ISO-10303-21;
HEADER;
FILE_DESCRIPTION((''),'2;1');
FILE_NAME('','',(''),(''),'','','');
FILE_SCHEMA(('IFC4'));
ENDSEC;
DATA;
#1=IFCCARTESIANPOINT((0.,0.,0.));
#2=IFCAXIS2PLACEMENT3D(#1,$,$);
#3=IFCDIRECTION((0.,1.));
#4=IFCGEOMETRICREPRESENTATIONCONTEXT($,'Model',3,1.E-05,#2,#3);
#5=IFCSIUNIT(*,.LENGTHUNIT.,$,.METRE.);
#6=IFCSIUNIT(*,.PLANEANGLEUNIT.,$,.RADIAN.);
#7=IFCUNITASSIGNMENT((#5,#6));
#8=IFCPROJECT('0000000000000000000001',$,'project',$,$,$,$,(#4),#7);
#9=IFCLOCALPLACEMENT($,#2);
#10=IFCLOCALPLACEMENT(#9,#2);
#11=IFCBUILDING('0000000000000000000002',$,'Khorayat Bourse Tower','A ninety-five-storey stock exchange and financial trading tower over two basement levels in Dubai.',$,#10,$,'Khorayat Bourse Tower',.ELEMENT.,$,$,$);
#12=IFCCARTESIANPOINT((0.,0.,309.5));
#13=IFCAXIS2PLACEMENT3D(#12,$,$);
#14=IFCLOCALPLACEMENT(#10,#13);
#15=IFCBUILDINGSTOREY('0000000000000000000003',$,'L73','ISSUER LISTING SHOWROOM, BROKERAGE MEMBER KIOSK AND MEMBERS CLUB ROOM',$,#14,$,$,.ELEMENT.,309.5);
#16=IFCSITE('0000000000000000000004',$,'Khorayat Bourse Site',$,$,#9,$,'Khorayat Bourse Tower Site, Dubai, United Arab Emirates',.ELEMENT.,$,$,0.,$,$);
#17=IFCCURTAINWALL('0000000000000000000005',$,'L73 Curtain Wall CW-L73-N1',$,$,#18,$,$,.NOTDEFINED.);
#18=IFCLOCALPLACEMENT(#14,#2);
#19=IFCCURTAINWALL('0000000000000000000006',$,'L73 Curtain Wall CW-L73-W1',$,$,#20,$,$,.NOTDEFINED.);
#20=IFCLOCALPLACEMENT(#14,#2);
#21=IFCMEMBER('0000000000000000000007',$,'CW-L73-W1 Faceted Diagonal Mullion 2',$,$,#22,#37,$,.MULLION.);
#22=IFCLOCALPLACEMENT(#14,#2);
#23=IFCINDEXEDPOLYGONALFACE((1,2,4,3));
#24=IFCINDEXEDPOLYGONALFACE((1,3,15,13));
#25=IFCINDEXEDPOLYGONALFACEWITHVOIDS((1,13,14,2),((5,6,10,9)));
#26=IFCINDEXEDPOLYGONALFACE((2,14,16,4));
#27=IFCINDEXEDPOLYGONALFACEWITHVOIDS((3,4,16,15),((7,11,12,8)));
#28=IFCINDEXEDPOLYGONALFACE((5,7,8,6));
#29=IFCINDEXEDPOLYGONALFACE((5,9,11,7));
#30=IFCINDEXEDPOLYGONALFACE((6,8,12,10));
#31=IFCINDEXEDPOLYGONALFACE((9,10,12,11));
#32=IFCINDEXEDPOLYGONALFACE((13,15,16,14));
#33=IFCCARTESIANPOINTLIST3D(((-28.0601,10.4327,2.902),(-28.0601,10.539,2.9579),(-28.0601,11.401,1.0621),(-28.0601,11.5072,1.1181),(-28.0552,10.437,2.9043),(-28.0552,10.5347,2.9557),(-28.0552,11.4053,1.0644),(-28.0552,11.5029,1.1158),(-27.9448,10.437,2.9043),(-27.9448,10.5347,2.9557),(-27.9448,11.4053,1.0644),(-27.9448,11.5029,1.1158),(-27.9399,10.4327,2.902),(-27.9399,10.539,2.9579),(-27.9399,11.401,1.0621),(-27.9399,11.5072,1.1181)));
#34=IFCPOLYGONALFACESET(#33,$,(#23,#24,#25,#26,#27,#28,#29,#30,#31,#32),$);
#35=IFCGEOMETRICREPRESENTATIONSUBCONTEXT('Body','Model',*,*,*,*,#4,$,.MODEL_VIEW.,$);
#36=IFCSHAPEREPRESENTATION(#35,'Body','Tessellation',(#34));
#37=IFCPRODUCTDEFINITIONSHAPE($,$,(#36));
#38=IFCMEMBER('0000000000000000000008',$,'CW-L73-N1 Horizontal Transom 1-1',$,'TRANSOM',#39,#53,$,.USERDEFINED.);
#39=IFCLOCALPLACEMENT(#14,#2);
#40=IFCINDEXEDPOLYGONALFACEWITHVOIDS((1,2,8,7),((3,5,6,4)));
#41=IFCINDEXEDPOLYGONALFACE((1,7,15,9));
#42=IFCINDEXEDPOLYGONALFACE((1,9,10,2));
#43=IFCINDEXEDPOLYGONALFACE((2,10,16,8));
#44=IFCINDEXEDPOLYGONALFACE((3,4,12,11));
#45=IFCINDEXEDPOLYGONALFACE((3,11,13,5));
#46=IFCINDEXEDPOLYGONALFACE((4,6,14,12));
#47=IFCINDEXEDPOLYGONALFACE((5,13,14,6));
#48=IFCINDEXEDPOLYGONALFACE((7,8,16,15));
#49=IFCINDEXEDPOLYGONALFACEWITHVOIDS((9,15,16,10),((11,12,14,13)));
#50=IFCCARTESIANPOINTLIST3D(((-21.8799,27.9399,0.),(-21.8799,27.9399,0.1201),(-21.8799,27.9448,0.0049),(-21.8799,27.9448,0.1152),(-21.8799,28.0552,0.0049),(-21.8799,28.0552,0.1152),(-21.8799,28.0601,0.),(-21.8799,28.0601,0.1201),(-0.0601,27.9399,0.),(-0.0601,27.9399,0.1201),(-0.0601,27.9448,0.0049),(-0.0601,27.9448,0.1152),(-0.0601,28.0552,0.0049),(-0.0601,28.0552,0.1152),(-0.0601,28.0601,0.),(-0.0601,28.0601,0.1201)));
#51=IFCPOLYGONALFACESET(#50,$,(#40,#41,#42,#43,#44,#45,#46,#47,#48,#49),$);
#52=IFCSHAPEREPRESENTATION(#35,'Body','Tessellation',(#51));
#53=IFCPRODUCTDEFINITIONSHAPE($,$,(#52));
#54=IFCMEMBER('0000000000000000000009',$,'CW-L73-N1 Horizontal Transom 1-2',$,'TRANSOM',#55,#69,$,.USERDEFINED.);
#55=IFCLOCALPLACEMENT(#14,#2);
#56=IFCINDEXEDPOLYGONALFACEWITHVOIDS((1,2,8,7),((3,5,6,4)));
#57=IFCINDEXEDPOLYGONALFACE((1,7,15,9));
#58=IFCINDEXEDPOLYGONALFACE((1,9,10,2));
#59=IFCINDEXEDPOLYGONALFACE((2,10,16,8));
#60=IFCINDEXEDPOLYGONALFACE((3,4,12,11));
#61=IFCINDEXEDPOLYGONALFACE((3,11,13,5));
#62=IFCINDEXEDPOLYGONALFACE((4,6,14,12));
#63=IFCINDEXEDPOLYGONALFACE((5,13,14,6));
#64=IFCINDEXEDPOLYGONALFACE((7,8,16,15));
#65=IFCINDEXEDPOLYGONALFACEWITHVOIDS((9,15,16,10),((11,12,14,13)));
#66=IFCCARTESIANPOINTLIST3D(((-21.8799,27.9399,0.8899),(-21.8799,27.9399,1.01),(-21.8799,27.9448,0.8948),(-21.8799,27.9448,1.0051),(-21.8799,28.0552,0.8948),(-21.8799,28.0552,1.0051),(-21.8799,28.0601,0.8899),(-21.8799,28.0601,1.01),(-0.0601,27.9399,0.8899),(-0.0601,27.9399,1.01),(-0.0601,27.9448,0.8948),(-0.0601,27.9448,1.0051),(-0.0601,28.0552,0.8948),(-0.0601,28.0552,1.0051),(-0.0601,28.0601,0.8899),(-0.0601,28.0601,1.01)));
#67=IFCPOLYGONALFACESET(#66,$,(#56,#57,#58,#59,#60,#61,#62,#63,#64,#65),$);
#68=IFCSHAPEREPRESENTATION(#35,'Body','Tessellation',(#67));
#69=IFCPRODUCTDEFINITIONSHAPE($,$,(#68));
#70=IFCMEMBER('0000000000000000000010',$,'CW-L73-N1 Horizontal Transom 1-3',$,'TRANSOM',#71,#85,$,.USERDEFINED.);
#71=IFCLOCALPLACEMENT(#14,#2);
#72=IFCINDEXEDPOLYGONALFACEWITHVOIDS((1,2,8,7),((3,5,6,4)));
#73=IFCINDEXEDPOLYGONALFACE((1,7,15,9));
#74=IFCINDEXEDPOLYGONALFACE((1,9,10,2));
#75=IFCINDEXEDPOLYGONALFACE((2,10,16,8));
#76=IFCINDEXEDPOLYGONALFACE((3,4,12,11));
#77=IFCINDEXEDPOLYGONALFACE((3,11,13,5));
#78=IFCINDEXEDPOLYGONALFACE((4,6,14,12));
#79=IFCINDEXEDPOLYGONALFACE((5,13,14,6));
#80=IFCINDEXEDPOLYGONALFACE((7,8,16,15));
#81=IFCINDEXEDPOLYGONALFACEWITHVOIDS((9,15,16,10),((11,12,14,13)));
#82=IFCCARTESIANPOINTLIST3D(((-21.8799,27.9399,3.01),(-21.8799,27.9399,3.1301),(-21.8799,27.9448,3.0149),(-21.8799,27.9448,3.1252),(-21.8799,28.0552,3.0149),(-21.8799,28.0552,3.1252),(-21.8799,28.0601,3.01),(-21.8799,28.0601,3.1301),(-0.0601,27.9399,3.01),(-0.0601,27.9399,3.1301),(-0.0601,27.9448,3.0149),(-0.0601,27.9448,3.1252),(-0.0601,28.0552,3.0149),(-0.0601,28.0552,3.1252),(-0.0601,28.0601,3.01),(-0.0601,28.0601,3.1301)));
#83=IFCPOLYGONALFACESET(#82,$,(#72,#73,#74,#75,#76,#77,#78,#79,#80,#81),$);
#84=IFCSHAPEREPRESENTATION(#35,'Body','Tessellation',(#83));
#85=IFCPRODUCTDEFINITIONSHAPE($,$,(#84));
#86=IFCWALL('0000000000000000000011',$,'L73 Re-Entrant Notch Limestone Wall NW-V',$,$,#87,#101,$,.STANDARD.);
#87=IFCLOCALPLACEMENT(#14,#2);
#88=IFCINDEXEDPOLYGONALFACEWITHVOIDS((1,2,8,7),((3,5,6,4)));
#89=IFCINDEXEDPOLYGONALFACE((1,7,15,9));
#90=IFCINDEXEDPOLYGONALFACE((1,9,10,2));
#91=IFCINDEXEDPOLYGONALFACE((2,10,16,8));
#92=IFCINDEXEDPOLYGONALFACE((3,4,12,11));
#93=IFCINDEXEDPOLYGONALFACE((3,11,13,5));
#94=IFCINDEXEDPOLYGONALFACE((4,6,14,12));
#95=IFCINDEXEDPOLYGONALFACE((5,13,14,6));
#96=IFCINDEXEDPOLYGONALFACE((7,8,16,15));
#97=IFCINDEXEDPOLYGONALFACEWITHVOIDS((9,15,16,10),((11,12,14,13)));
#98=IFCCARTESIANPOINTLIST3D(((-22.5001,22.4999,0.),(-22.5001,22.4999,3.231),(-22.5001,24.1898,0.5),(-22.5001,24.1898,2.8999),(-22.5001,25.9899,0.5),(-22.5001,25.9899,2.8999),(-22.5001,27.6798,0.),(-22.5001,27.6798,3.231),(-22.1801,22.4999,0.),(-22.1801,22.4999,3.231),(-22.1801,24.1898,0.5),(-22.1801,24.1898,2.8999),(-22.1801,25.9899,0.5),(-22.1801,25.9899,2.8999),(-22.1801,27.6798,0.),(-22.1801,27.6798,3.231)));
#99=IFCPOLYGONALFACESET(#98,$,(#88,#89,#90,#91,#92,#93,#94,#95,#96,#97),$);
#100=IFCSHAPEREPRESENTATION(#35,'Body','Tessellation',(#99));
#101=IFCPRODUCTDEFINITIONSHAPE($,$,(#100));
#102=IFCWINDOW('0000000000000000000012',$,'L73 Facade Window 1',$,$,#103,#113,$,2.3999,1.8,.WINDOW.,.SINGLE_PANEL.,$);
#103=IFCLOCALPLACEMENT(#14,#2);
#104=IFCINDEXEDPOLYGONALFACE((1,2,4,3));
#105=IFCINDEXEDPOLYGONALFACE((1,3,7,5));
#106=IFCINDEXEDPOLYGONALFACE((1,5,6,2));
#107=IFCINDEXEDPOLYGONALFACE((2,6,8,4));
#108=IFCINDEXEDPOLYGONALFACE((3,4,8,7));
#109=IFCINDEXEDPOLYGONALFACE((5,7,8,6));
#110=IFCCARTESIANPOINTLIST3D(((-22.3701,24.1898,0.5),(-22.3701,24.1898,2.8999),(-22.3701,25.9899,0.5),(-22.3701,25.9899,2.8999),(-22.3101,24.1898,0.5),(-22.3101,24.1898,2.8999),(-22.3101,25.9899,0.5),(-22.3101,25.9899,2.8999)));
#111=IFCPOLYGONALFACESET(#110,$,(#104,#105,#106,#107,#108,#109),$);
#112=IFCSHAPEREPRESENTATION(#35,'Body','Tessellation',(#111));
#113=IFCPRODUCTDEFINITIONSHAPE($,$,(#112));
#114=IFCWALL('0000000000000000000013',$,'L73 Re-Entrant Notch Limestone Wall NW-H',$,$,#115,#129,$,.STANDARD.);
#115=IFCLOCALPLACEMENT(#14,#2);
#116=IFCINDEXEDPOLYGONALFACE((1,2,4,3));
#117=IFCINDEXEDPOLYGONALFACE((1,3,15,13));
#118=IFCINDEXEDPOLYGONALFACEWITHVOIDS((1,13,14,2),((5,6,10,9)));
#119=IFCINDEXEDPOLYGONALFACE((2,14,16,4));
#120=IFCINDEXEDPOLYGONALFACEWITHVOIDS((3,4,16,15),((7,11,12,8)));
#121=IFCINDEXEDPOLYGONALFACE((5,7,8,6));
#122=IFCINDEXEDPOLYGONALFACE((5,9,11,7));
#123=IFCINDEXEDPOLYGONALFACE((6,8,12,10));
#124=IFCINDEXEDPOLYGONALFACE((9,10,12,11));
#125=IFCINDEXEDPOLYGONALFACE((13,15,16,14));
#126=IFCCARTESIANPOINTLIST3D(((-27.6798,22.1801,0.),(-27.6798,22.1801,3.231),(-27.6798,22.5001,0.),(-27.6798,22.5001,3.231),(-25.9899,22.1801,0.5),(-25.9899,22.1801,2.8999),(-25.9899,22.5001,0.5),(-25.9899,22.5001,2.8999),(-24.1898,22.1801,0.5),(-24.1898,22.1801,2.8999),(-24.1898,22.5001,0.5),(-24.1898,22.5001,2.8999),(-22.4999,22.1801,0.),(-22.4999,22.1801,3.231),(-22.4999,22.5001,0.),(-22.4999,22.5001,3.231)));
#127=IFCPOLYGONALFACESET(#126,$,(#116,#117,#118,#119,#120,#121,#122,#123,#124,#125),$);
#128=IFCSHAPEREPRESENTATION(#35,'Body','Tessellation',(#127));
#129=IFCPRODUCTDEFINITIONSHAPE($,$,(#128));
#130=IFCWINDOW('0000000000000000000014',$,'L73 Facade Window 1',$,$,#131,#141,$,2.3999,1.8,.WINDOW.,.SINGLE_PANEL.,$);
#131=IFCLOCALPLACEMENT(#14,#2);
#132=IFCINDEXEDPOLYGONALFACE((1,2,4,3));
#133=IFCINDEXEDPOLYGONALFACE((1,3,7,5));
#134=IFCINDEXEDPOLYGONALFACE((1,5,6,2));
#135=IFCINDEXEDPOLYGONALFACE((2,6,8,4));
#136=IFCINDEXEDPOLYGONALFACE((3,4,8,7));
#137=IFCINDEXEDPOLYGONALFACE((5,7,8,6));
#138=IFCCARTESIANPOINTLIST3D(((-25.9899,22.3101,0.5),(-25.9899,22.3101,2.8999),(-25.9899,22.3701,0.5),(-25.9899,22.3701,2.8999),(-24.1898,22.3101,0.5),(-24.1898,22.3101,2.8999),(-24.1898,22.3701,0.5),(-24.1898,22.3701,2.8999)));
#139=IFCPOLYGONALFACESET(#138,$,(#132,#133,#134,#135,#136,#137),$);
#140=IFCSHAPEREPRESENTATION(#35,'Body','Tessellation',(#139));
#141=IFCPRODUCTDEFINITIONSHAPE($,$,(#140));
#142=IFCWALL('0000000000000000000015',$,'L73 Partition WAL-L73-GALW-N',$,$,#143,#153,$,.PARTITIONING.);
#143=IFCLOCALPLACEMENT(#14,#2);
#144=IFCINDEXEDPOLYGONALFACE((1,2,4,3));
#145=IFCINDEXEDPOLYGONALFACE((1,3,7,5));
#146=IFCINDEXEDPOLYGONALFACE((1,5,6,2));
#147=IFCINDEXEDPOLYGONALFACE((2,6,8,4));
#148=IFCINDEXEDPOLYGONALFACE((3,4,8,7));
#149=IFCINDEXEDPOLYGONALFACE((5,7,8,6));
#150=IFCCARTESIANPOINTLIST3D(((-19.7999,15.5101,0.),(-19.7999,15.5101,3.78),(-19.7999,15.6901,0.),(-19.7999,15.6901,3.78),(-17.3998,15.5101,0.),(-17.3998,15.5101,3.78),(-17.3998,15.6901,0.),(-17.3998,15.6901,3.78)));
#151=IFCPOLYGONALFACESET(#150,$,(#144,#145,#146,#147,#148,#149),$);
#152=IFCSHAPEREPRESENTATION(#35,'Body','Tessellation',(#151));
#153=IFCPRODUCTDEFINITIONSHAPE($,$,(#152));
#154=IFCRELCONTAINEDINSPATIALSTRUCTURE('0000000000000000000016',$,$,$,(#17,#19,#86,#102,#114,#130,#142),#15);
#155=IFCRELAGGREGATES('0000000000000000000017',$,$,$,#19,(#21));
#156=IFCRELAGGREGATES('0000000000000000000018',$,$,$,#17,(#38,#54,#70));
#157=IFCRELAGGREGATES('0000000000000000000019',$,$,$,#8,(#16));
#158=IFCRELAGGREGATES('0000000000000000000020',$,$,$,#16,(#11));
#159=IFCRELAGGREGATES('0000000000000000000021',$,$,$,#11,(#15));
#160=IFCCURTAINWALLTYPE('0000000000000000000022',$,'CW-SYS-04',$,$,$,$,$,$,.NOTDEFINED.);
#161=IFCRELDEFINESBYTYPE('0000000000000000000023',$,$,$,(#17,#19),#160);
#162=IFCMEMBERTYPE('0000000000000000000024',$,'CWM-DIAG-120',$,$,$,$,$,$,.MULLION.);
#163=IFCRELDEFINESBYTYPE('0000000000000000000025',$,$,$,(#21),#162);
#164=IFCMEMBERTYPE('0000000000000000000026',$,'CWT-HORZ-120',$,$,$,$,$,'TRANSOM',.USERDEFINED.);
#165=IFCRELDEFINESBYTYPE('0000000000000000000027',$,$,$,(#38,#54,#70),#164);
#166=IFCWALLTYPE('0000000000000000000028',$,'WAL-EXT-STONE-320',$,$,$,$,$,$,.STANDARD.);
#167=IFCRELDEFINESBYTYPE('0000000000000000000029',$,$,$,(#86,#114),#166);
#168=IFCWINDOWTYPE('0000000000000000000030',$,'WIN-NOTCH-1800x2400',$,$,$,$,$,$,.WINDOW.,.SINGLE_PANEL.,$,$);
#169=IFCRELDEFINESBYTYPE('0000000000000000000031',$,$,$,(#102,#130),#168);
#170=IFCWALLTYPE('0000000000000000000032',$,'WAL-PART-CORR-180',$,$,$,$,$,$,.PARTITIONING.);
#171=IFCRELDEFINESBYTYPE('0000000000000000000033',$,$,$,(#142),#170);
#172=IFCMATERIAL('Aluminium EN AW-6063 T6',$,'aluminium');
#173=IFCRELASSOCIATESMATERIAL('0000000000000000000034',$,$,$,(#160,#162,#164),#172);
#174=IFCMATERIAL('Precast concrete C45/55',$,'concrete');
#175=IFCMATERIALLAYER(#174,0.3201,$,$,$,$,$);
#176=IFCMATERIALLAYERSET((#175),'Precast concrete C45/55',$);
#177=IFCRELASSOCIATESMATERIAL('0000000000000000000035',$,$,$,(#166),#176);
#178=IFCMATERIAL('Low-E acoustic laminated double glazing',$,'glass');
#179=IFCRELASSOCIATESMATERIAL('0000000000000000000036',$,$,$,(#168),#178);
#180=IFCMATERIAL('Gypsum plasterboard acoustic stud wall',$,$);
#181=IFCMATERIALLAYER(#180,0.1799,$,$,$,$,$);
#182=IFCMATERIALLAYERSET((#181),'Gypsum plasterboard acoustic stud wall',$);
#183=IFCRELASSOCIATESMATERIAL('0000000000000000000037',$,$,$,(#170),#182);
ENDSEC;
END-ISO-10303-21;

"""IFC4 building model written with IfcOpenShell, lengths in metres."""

from ifc_helpers import new_model, si_unit, direction, frame, frame_2d, origin, origin_2d, place, context, subcontext, project, spatial, rectangle, hollow_rectangle, extrude, source, transform, mapped, material, layer, layer_set, material_profile, profile_set, type_object, element, fill, aggregate, save


model = new_model("IFC4")

# Units and contexts
model_context = context("Model", 3, precision=1e-05, world=origin(), true_north=direction((0.0, 1.0)))
body_context = subcontext(model_context, "Body", "Model", "MODEL_VIEW")
ifc_project = project(units=[si_unit("LENGTHUNIT", "METRE"), si_unit("PLANEANGLEUNIT", "RADIAN")], contexts=[model_context])

# Site, building, storey
site_placement = place(None, origin())
site = spatial("IfcSite", under=ifc_project, at=site_placement, Name="Khorayat Bourse Site", LongName="Khorayat Bourse Tower Site, Dubai, United Arab Emirates", CompositionType="ELEMENT", RefElevation=0.0)
building_placement = place(site_placement, origin())
building = spatial("IfcBuilding", under=site, at=building_placement, Name="Khorayat Bourse Tower", Description="A ninety-five-storey stock exchange and financial trading tower over two basement levels in Dubai.", LongName="Khorayat Bourse Tower", CompositionType="ELEMENT")
storey_placement = place(building_placement, frame((0.0, 0.0, 309.5)))
storey = spatial("IfcBuildingStorey", under=building, at=storey_placement, Name="L73", Description="ISSUER LISTING SHOWROOM, BROKERAGE MEMBER KIOSK AND MEMBERS CLUB ROOM", CompositionType="ELEMENT", Elevation=309.5)

# Curtain wall
ifc_material_1 = material(Name="Aluminium EN AW-6063 T6", Category="aluminium")
curtain_wall_type = type_object("IfcCurtainWallType", Name="CW-SYS-04", PredefinedType="NOTDEFINED", material=ifc_material_1)
curtain_wall_1_placement = place(storey_placement, origin())
curtain_wall_1 = element("IfcCurtainWall", 1, at=curtain_wall_1_placement, inside=storey, type_object=curtain_wall_type, Name="L73 Curtain Wall CW-L73-N1", PredefinedType="NOTDEFINED")

# Curtain wall, member
curtain_wall_2_placement = place(storey_placement, origin())
curtain_wall_2 = element("IfcCurtainWall", 2, at=curtain_wall_2_placement, inside=storey, type_object=curtain_wall_type, Name="L73 Curtain Wall CW-L73-W1", PredefinedType="NOTDEFINED")
ifc_material_profile_1 = material_profile(ifc_material_1, hollow_rectangle(XDim=0.1201, YDim=0.1201, WallThickness=0.0049, at=origin_2d()), Name="ALU 120x120x5")
ifc_profile_set_1 = profile_set([ifc_material_profile_1], Name="Aluminium EN AW-6063 T6")
member_type_1 = type_object("IfcMemberType", Name="CWM-DIAG-120", PredefinedType="MULLION", material=ifc_profile_set_1)
shared_shape_1 = source(origin(), body_context, "Body", "SweptSolid", [
    extrude(hollow_rectangle(XDim=0.1201, YDim=0.1201, WallThickness=0.0049, at=origin_2d()), origin(), (0.0, 0.0, 1.0), 2.0791),
])
member_1_placement = place(storey_placement, frame((-28.0, 11.4541, 1.0901), z_axis=(0.0, -0.465717, 0.884934), x_axis=(1.0, 0.0, 0.0)))
member_1 = element("IfcMember", 3, at=member_1_placement, type_object=member_type_1, Name="CW-L73-W1 Faceted Diagonal Mullion 2", PredefinedType="MULLION", context=body_context, shape_type="MappedRepresentation", body=[
    mapped(shared_shape_1, transform((0.0, 0.0, 0.0), scale=1.0)),
])
aggregate(curtain_wall_2, [member_1])

# Members
ifc_material_profile_2 = material_profile(ifc_material_1, hollow_rectangle(XDim=0.1201, YDim=0.1201, WallThickness=0.0049, at=origin_2d()), Name="ALU 120x120x5")
ifc_profile_set_2 = profile_set([ifc_material_profile_2], Name="Aluminium EN AW-6063 T6")
member_type_2 = type_object("IfcMemberType", Name="CWT-HORZ-120", ElementType="TRANSOM", PredefinedType="USERDEFINED", material=ifc_profile_set_2)
shared_shape_2 = source(origin(), body_context, "Body", "SweptSolid", [
    extrude(hollow_rectangle(XDim=0.1201, YDim=0.1201, WallThickness=0.0049, at=origin_2d()), origin(), (0.0, 0.0, 1.0), 21.8198),
])
member_2_placement = place(storey_placement, frame((-21.8799, 28.0, 0.0601), z_axis=(1.0, 0.0, 0.0), x_axis=(0.0, 1.0, 0.0)))
member_2 = element("IfcMember", 4, at=member_2_placement, type_object=member_type_2, Name="CW-L73-N1 Horizontal Transom 1-1", ObjectType="TRANSOM", PredefinedType="USERDEFINED", context=body_context, shape_type="MappedRepresentation", body=[
    mapped(shared_shape_2, transform((0.0, 0.0, 0.0), scale=1.0)),
])
member_3_placement = place(storey_placement, frame((-21.8799, 28.0, 0.95), z_axis=(1.0, 0.0, 0.0), x_axis=(0.0, 1.0, 0.0)))
member_3 = element("IfcMember", 5, at=member_3_placement, type_object=member_type_2, Name="CW-L73-N1 Horizontal Transom 1-2", ObjectType="TRANSOM", PredefinedType="USERDEFINED", context=body_context, shape_type="MappedRepresentation", body=[
    mapped(shared_shape_2, transform((0.0, 0.0, 0.0), scale=1.0)),
])
member_4_placement = place(storey_placement, frame((-21.8799, 28.0, 3.0701), z_axis=(1.0, 0.0, 0.0), x_axis=(0.0, 1.0, 0.0)))
member_4 = element("IfcMember", 6, at=member_4_placement, type_object=member_type_2, Name="CW-L73-N1 Horizontal Transom 1-3", ObjectType="TRANSOM", PredefinedType="USERDEFINED", context=body_context, shape_type="MappedRepresentation", body=[
    mapped(shared_shape_2, transform((0.0, 0.0, 0.0), scale=1.0)),
])
aggregate(curtain_wall_1, [member_2, member_3, member_4])

# Walls, openings, windows
ifc_material_2 = material(Name="Precast concrete C45/55", Category="concrete")
ifc_layer_1 = layer(ifc_material_2, 0.3201)
ifc_layer_set_1 = layer_set([ifc_layer_1], Name="Precast concrete C45/55")
wall_type_1 = type_object("IfcWallType", Name="WAL-EXT-STONE-320", PredefinedType="STANDARD", material=ifc_layer_set_1)
shared_shape_3 = source(origin(), body_context, "Body", "SweptSolid", [
    extrude(rectangle(XDim=5.1799, YDim=0.3201, at=frame_2d((2.5898, 0.0))), origin(), (0.0, 0.0, 1.0), 3.231),
])
wall_1_placement = place(storey_placement, frame((-22.3401, 22.5, 0.0), z_axis=(0.0, 0.0, 1.0), x_axis=(0.0, 1.0, 0.0)))
wall_1 = element("IfcWall", 7, at=wall_1_placement, inside=storey, type_object=wall_type_1, Name="L73 Re-Entrant Notch Limestone Wall NW-V", PredefinedType="STANDARD", context=body_context, shape_type="MappedRepresentation", body=[
    mapped(shared_shape_3, transform((0.0, 0.0, 0.0), scale=1.0)),
])
shared_shape_4 = source(origin(), body_context, "Body", "SweptSolid", [
    extrude(rectangle(XDim=1.8, YDim=2.3999, at=frame_2d((0.8999, 1.2))), frame((0.0, 0.1699, 0.0), z_axis=(0.0, -1.0, 0.0), x_axis=(1.0, 0.0, 0.0)), (0.0, 0.0, 1.0), 0.3401),
])
opening_1_placement = place(wall_1_placement, frame((1.6899, 0.0, 0.5)))
opening_1 = element("IfcOpeningElement", 8, at=opening_1_placement, cuts=wall_1, PredefinedType="OPENING", context=body_context, shape_type="MappedRepresentation", body=[
    mapped(shared_shape_4, transform((0.0, 0.0, 0.0), scale=1.0)),
])
ifc_material_3 = material(Name="Low-E acoustic laminated double glazing", Category="glass")
window_type = type_object("IfcWindowType", Name="WIN-NOTCH-1800x2400", PartitioningType="SINGLE_PANEL", PredefinedType="WINDOW", material=ifc_material_3)
shared_shape_5 = source(origin(), body_context, "Body", "SweptSolid", [
    extrude(rectangle(XDim=1.8, YDim=2.3999, at=frame_2d((0.8999, 1.2))), frame((0.0, 0.03, 0.0), z_axis=(0.0, -1.0, 0.0), x_axis=(1.0, 0.0, 0.0)), (0.0, 0.0, 1.0), 0.0601),
])
window_1_placement = place(opening_1_placement, origin())
window_1 = element("IfcWindow", 9, at=window_1_placement, inside=storey, type_object=window_type, Name="L73 Facade Window 1", OverallHeight=2.3999, OverallWidth=1.8, PartitioningType="SINGLE_PANEL", PredefinedType="WINDOW", context=body_context, shape_type="MappedRepresentation", body=[
    mapped(shared_shape_5, transform((0.0, 0.0, 0.0), scale=1.0)),
])
fill(opening_1, window_1)
wall_2_placement = place(storey_placement, frame((-22.5, 22.3401, 0.0), z_axis=(0.0, 0.0, 1.0), x_axis=(-1.0, 0.0, 0.0)))
wall_2 = element("IfcWall", 10, at=wall_2_placement, inside=storey, type_object=wall_type_1, Name="L73 Re-Entrant Notch Limestone Wall NW-H", PredefinedType="STANDARD", context=body_context, shape_type="MappedRepresentation", body=[
    mapped(shared_shape_3, transform((0.0, 0.0, 0.0), scale=1.0)),
])
opening_2_placement = place(wall_2_placement, frame((1.6899, 0.0, 0.5)))
opening_2 = element("IfcOpeningElement", 11, at=opening_2_placement, cuts=wall_2, PredefinedType="OPENING", context=body_context, shape_type="MappedRepresentation", body=[
    mapped(shared_shape_4, transform((0.0, 0.0, 0.0), scale=1.0)),
])
window_2_placement = place(opening_2_placement, origin())
window_2 = element("IfcWindow", 12, at=window_2_placement, inside=storey, type_object=window_type, Name="L73 Facade Window 1", OverallHeight=2.3999, OverallWidth=1.8, PartitioningType="SINGLE_PANEL", PredefinedType="WINDOW", context=body_context, shape_type="MappedRepresentation", body=[
    mapped(shared_shape_5, transform((0.0, 0.0, 0.0), scale=1.0)),
])
fill(opening_2, window_2)

# Wall
ifc_material_4 = material(Name="Gypsum plasterboard acoustic stud wall")
ifc_layer_2 = layer(ifc_material_4, 0.1799)
ifc_layer_set_2 = layer_set([ifc_layer_2], Name="Gypsum plasterboard acoustic stud wall")
wall_type_2 = type_object("IfcWallType", Name="WAL-PART-CORR-180", PredefinedType="PARTITIONING", material=ifc_layer_set_2)
shared_shape_6 = source(origin(), body_context, "Body", "SweptSolid", [
    extrude(rectangle(XDim=2.4001, YDim=0.1799, at=frame_2d((1.2002, 0.0))), origin(), (0.0, 0.0, 1.0), 3.78),
])
wall_3_placement = place(storey_placement, frame((-19.8, 15.6001, 0.0), z_axis=(0.0, 0.0, 1.0), x_axis=(1.0, 0.0, 0.0)))
element("IfcWall", 13, at=wall_3_placement, inside=storey, type_object=wall_type_2, Name="L73 Partition WAL-L73-GALW-N", PredefinedType="PARTITIONING", context=body_context, shape_type="MappedRepresentation", body=[
    mapped(shared_shape_6, transform((0.0, 0.0, 0.0), scale=1.0)),
])

save(model, "model.ifc")
